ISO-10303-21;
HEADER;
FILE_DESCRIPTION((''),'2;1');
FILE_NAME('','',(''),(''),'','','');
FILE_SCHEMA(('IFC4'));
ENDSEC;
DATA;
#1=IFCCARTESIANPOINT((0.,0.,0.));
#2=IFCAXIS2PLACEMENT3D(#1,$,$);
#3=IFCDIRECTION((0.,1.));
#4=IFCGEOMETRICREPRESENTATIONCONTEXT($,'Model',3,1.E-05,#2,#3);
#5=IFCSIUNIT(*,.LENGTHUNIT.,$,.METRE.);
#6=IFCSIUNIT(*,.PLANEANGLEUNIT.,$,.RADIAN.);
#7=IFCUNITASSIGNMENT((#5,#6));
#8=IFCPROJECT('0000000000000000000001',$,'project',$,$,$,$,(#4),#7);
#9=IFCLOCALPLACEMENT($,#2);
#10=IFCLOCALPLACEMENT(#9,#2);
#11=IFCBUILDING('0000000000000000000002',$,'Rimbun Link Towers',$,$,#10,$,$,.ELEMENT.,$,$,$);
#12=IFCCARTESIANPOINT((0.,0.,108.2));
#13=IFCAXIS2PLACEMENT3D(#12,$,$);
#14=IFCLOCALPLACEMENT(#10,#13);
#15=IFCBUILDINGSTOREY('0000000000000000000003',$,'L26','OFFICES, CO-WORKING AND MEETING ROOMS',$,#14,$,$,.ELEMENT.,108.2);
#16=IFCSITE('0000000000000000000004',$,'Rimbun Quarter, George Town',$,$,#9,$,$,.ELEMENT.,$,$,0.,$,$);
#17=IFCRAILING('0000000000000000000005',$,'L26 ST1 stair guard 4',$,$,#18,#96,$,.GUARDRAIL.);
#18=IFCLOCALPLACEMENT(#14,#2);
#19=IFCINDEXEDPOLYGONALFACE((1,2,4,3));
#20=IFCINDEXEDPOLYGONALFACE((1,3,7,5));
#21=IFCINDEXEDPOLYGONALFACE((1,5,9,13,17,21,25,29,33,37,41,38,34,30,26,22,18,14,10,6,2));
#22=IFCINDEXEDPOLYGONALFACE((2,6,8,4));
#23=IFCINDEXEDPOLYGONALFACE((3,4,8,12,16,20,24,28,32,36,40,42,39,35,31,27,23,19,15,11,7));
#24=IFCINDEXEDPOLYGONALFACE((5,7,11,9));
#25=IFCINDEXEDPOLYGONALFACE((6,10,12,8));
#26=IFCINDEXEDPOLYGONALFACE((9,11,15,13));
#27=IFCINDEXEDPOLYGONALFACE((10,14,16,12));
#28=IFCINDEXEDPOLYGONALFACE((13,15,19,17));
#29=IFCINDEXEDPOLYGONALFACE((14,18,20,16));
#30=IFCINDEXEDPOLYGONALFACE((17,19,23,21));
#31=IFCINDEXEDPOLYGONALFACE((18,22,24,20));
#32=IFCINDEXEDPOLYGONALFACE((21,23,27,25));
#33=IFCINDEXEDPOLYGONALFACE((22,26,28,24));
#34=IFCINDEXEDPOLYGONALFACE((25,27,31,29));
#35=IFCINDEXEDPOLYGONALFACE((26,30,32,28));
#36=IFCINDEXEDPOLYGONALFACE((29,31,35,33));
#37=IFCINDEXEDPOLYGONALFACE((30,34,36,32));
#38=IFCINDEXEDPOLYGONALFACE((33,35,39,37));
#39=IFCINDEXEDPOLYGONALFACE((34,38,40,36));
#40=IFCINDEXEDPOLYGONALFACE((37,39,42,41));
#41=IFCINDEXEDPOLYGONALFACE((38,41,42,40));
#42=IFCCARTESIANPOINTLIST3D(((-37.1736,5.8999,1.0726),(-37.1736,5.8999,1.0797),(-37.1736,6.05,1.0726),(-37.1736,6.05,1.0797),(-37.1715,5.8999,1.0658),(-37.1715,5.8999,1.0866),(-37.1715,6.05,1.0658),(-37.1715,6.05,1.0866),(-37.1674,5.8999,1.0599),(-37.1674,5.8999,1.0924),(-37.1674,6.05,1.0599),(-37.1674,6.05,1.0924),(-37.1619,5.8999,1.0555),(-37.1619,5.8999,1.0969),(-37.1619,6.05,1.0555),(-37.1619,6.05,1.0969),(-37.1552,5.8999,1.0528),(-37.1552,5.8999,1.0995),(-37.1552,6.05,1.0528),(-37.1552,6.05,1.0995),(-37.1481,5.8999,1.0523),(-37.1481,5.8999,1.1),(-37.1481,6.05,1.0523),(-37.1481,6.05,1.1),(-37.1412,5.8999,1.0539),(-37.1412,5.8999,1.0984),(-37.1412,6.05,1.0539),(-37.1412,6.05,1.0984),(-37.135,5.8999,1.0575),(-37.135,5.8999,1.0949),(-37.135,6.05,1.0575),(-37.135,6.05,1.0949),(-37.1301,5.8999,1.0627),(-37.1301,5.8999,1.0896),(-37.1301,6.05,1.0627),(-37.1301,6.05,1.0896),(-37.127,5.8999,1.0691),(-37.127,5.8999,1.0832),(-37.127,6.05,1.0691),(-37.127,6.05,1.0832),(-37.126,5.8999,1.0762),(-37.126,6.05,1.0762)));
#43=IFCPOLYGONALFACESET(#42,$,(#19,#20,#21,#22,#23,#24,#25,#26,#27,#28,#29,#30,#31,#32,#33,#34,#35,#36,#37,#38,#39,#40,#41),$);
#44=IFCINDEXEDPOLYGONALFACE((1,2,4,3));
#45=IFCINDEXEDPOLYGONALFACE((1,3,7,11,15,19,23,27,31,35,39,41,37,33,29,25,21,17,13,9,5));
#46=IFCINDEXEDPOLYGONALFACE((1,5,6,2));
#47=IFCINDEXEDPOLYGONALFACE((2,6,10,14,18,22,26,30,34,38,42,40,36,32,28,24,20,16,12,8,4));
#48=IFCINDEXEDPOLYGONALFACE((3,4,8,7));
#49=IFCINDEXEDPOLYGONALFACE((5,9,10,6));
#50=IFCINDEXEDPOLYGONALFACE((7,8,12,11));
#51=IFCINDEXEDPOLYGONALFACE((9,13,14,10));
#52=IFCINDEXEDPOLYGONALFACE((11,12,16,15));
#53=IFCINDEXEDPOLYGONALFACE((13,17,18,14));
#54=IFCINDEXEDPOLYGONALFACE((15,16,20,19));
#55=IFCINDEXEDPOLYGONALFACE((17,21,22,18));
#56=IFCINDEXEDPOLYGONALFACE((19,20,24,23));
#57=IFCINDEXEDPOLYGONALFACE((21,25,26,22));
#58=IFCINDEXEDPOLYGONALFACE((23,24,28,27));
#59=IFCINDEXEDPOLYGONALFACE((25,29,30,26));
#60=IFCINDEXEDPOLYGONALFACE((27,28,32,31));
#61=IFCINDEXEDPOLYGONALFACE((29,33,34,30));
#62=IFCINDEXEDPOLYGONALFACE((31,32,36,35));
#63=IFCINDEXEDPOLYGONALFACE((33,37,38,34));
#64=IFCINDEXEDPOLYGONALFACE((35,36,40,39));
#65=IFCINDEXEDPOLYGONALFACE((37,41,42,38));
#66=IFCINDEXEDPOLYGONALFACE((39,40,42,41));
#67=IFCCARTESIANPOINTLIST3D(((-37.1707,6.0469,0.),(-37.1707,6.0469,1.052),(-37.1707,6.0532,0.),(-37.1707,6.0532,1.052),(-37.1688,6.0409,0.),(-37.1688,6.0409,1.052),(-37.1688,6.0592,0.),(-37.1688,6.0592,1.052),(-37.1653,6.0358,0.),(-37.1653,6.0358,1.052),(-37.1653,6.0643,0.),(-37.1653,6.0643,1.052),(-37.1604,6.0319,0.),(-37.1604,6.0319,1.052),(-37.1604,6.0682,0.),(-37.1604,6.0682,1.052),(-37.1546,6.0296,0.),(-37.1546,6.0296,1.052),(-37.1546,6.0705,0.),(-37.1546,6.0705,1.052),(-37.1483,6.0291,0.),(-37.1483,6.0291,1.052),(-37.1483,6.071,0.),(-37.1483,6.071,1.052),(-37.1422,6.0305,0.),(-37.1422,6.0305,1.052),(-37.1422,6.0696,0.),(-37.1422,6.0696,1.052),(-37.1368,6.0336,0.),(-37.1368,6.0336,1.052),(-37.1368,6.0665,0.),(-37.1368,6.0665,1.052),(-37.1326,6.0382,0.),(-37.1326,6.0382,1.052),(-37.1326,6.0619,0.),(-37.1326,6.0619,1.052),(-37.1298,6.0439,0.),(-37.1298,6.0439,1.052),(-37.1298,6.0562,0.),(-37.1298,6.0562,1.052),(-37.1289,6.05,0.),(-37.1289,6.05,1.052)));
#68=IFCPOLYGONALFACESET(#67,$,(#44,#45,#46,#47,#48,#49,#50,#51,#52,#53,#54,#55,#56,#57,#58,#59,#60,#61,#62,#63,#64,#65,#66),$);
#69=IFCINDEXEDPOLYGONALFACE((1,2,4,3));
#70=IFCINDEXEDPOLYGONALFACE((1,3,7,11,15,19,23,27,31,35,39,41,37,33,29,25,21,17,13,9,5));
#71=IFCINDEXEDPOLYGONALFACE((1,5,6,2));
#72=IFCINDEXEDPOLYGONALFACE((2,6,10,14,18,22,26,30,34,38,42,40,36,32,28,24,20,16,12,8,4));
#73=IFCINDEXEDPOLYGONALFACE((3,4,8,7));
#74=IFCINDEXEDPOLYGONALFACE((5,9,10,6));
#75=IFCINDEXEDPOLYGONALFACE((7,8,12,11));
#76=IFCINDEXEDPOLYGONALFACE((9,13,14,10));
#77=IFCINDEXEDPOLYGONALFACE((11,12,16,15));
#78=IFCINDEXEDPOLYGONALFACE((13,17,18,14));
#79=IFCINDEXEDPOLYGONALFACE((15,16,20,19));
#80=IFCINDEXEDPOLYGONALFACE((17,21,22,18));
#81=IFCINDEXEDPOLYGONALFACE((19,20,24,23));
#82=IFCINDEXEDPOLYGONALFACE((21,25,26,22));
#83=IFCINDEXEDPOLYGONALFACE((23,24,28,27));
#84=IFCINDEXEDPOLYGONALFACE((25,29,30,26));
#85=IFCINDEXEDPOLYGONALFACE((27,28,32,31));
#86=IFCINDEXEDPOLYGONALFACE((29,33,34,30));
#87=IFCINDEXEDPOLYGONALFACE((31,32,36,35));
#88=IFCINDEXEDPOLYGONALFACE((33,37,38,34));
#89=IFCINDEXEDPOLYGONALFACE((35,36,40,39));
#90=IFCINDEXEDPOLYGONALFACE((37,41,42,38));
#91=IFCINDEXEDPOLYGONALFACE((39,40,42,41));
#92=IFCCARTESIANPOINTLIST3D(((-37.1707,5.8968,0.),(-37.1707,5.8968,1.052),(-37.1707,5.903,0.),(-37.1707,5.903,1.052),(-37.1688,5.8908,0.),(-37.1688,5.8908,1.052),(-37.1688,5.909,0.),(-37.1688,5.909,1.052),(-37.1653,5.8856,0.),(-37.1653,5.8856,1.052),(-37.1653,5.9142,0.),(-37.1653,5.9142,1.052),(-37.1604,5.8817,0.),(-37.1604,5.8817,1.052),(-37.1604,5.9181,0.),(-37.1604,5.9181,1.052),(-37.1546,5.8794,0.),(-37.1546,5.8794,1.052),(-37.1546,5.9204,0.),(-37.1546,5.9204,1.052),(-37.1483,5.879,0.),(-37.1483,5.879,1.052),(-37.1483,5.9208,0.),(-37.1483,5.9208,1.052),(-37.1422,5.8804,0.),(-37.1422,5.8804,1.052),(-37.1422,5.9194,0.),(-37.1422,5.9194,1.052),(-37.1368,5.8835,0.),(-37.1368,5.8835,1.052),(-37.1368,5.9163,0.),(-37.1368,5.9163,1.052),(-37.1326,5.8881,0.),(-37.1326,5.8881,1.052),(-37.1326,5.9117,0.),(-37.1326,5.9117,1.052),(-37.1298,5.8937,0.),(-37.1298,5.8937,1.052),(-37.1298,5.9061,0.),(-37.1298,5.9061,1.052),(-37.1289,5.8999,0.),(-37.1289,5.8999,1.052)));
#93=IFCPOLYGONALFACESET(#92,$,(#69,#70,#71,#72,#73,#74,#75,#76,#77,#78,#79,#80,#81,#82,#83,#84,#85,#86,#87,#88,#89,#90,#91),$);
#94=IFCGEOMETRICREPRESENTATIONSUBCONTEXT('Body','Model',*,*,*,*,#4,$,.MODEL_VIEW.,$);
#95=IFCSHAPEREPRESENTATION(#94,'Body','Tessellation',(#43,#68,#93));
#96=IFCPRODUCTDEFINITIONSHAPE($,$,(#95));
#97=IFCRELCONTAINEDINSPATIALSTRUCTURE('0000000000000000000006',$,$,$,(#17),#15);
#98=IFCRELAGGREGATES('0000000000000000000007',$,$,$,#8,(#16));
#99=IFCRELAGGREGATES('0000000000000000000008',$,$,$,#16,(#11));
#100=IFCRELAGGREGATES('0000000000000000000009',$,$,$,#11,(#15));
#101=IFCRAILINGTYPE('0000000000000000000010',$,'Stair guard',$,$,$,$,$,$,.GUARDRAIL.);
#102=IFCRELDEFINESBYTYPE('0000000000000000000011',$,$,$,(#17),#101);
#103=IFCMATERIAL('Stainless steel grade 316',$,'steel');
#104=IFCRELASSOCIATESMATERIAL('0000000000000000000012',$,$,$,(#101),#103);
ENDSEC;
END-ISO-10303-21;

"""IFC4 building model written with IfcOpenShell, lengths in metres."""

from ifc_helpers import new_model, si_unit, direction, frame, origin, origin_2d, place, context, subcontext, project, spatial, circle, extrude, material, type_object, element, save


model = new_model("IFC4")

# Units and contexts
model_context = context("Model", 3, precision=1e-05, world=origin(), true_north=direction((0.0, 1.0)))
body_context = subcontext(model_context, "Body", "Model", "MODEL_VIEW")
ifc_project = project(units=[si_unit("LENGTHUNIT", "METRE"), si_unit("PLANEANGLEUNIT", "RADIAN")], contexts=[model_context])

# Site, building, storey
site_placement = place(None, origin())
site = spatial("IfcSite", under=ifc_project, at=site_placement, Name="Rimbun Quarter, George Town", CompositionType="ELEMENT", RefElevation=0.0)
building_placement = place(site_placement, origin())
building = spatial("IfcBuilding", under=site, at=building_placement, Name="Rimbun Link Towers", CompositionType="ELEMENT")
storey_placement = place(building_placement, frame((0.0, 0.0, 108.2)))
storey = spatial("IfcBuildingStorey", under=building, at=storey_placement, Name="L26", Description="OFFICES, CO-WORKING AND MEETING ROOMS", CompositionType="ELEMENT", Elevation=108.2)

# Railing
ifc_material_1 = material(Name="Stainless steel grade 316", Category="steel")
railing_type_1 = type_object("IfcRailingType", Name="Stair guard", PredefinedType="GUARDRAIL", material=ifc_material_1)
railing_1_placement = place(storey_placement, frame((-37.1499, 6.05, 0.0)))
element("IfcRailing", 1, at=railing_1_placement, inside=storey, type_object=railing_type_1, Name="L26 ST1 stair guard 4", PredefinedType="GUARDRAIL", context=body_context, shape_type="SweptSolid", body=[
    extrude(circle(Radius=0.0239, at=origin_2d()), frame((0.0, 0.0, 1.0762), z_axis=(0.0, -1.0, 0.0), x_axis=(1.0, 0.0, 0.0)), (0.0, 0.0, 1.0), 0.1501),
    extrude(circle(Radius=0.021, at=origin_2d()), origin(), (0.0, 0.0, 1.0), 1.052),
    extrude(circle(Radius=0.021, at=origin_2d()), frame((0.0, -0.1501, 0.0)), (0.0, 0.0, 1.0), 1.052),
])

save(model, "model.ifc")
